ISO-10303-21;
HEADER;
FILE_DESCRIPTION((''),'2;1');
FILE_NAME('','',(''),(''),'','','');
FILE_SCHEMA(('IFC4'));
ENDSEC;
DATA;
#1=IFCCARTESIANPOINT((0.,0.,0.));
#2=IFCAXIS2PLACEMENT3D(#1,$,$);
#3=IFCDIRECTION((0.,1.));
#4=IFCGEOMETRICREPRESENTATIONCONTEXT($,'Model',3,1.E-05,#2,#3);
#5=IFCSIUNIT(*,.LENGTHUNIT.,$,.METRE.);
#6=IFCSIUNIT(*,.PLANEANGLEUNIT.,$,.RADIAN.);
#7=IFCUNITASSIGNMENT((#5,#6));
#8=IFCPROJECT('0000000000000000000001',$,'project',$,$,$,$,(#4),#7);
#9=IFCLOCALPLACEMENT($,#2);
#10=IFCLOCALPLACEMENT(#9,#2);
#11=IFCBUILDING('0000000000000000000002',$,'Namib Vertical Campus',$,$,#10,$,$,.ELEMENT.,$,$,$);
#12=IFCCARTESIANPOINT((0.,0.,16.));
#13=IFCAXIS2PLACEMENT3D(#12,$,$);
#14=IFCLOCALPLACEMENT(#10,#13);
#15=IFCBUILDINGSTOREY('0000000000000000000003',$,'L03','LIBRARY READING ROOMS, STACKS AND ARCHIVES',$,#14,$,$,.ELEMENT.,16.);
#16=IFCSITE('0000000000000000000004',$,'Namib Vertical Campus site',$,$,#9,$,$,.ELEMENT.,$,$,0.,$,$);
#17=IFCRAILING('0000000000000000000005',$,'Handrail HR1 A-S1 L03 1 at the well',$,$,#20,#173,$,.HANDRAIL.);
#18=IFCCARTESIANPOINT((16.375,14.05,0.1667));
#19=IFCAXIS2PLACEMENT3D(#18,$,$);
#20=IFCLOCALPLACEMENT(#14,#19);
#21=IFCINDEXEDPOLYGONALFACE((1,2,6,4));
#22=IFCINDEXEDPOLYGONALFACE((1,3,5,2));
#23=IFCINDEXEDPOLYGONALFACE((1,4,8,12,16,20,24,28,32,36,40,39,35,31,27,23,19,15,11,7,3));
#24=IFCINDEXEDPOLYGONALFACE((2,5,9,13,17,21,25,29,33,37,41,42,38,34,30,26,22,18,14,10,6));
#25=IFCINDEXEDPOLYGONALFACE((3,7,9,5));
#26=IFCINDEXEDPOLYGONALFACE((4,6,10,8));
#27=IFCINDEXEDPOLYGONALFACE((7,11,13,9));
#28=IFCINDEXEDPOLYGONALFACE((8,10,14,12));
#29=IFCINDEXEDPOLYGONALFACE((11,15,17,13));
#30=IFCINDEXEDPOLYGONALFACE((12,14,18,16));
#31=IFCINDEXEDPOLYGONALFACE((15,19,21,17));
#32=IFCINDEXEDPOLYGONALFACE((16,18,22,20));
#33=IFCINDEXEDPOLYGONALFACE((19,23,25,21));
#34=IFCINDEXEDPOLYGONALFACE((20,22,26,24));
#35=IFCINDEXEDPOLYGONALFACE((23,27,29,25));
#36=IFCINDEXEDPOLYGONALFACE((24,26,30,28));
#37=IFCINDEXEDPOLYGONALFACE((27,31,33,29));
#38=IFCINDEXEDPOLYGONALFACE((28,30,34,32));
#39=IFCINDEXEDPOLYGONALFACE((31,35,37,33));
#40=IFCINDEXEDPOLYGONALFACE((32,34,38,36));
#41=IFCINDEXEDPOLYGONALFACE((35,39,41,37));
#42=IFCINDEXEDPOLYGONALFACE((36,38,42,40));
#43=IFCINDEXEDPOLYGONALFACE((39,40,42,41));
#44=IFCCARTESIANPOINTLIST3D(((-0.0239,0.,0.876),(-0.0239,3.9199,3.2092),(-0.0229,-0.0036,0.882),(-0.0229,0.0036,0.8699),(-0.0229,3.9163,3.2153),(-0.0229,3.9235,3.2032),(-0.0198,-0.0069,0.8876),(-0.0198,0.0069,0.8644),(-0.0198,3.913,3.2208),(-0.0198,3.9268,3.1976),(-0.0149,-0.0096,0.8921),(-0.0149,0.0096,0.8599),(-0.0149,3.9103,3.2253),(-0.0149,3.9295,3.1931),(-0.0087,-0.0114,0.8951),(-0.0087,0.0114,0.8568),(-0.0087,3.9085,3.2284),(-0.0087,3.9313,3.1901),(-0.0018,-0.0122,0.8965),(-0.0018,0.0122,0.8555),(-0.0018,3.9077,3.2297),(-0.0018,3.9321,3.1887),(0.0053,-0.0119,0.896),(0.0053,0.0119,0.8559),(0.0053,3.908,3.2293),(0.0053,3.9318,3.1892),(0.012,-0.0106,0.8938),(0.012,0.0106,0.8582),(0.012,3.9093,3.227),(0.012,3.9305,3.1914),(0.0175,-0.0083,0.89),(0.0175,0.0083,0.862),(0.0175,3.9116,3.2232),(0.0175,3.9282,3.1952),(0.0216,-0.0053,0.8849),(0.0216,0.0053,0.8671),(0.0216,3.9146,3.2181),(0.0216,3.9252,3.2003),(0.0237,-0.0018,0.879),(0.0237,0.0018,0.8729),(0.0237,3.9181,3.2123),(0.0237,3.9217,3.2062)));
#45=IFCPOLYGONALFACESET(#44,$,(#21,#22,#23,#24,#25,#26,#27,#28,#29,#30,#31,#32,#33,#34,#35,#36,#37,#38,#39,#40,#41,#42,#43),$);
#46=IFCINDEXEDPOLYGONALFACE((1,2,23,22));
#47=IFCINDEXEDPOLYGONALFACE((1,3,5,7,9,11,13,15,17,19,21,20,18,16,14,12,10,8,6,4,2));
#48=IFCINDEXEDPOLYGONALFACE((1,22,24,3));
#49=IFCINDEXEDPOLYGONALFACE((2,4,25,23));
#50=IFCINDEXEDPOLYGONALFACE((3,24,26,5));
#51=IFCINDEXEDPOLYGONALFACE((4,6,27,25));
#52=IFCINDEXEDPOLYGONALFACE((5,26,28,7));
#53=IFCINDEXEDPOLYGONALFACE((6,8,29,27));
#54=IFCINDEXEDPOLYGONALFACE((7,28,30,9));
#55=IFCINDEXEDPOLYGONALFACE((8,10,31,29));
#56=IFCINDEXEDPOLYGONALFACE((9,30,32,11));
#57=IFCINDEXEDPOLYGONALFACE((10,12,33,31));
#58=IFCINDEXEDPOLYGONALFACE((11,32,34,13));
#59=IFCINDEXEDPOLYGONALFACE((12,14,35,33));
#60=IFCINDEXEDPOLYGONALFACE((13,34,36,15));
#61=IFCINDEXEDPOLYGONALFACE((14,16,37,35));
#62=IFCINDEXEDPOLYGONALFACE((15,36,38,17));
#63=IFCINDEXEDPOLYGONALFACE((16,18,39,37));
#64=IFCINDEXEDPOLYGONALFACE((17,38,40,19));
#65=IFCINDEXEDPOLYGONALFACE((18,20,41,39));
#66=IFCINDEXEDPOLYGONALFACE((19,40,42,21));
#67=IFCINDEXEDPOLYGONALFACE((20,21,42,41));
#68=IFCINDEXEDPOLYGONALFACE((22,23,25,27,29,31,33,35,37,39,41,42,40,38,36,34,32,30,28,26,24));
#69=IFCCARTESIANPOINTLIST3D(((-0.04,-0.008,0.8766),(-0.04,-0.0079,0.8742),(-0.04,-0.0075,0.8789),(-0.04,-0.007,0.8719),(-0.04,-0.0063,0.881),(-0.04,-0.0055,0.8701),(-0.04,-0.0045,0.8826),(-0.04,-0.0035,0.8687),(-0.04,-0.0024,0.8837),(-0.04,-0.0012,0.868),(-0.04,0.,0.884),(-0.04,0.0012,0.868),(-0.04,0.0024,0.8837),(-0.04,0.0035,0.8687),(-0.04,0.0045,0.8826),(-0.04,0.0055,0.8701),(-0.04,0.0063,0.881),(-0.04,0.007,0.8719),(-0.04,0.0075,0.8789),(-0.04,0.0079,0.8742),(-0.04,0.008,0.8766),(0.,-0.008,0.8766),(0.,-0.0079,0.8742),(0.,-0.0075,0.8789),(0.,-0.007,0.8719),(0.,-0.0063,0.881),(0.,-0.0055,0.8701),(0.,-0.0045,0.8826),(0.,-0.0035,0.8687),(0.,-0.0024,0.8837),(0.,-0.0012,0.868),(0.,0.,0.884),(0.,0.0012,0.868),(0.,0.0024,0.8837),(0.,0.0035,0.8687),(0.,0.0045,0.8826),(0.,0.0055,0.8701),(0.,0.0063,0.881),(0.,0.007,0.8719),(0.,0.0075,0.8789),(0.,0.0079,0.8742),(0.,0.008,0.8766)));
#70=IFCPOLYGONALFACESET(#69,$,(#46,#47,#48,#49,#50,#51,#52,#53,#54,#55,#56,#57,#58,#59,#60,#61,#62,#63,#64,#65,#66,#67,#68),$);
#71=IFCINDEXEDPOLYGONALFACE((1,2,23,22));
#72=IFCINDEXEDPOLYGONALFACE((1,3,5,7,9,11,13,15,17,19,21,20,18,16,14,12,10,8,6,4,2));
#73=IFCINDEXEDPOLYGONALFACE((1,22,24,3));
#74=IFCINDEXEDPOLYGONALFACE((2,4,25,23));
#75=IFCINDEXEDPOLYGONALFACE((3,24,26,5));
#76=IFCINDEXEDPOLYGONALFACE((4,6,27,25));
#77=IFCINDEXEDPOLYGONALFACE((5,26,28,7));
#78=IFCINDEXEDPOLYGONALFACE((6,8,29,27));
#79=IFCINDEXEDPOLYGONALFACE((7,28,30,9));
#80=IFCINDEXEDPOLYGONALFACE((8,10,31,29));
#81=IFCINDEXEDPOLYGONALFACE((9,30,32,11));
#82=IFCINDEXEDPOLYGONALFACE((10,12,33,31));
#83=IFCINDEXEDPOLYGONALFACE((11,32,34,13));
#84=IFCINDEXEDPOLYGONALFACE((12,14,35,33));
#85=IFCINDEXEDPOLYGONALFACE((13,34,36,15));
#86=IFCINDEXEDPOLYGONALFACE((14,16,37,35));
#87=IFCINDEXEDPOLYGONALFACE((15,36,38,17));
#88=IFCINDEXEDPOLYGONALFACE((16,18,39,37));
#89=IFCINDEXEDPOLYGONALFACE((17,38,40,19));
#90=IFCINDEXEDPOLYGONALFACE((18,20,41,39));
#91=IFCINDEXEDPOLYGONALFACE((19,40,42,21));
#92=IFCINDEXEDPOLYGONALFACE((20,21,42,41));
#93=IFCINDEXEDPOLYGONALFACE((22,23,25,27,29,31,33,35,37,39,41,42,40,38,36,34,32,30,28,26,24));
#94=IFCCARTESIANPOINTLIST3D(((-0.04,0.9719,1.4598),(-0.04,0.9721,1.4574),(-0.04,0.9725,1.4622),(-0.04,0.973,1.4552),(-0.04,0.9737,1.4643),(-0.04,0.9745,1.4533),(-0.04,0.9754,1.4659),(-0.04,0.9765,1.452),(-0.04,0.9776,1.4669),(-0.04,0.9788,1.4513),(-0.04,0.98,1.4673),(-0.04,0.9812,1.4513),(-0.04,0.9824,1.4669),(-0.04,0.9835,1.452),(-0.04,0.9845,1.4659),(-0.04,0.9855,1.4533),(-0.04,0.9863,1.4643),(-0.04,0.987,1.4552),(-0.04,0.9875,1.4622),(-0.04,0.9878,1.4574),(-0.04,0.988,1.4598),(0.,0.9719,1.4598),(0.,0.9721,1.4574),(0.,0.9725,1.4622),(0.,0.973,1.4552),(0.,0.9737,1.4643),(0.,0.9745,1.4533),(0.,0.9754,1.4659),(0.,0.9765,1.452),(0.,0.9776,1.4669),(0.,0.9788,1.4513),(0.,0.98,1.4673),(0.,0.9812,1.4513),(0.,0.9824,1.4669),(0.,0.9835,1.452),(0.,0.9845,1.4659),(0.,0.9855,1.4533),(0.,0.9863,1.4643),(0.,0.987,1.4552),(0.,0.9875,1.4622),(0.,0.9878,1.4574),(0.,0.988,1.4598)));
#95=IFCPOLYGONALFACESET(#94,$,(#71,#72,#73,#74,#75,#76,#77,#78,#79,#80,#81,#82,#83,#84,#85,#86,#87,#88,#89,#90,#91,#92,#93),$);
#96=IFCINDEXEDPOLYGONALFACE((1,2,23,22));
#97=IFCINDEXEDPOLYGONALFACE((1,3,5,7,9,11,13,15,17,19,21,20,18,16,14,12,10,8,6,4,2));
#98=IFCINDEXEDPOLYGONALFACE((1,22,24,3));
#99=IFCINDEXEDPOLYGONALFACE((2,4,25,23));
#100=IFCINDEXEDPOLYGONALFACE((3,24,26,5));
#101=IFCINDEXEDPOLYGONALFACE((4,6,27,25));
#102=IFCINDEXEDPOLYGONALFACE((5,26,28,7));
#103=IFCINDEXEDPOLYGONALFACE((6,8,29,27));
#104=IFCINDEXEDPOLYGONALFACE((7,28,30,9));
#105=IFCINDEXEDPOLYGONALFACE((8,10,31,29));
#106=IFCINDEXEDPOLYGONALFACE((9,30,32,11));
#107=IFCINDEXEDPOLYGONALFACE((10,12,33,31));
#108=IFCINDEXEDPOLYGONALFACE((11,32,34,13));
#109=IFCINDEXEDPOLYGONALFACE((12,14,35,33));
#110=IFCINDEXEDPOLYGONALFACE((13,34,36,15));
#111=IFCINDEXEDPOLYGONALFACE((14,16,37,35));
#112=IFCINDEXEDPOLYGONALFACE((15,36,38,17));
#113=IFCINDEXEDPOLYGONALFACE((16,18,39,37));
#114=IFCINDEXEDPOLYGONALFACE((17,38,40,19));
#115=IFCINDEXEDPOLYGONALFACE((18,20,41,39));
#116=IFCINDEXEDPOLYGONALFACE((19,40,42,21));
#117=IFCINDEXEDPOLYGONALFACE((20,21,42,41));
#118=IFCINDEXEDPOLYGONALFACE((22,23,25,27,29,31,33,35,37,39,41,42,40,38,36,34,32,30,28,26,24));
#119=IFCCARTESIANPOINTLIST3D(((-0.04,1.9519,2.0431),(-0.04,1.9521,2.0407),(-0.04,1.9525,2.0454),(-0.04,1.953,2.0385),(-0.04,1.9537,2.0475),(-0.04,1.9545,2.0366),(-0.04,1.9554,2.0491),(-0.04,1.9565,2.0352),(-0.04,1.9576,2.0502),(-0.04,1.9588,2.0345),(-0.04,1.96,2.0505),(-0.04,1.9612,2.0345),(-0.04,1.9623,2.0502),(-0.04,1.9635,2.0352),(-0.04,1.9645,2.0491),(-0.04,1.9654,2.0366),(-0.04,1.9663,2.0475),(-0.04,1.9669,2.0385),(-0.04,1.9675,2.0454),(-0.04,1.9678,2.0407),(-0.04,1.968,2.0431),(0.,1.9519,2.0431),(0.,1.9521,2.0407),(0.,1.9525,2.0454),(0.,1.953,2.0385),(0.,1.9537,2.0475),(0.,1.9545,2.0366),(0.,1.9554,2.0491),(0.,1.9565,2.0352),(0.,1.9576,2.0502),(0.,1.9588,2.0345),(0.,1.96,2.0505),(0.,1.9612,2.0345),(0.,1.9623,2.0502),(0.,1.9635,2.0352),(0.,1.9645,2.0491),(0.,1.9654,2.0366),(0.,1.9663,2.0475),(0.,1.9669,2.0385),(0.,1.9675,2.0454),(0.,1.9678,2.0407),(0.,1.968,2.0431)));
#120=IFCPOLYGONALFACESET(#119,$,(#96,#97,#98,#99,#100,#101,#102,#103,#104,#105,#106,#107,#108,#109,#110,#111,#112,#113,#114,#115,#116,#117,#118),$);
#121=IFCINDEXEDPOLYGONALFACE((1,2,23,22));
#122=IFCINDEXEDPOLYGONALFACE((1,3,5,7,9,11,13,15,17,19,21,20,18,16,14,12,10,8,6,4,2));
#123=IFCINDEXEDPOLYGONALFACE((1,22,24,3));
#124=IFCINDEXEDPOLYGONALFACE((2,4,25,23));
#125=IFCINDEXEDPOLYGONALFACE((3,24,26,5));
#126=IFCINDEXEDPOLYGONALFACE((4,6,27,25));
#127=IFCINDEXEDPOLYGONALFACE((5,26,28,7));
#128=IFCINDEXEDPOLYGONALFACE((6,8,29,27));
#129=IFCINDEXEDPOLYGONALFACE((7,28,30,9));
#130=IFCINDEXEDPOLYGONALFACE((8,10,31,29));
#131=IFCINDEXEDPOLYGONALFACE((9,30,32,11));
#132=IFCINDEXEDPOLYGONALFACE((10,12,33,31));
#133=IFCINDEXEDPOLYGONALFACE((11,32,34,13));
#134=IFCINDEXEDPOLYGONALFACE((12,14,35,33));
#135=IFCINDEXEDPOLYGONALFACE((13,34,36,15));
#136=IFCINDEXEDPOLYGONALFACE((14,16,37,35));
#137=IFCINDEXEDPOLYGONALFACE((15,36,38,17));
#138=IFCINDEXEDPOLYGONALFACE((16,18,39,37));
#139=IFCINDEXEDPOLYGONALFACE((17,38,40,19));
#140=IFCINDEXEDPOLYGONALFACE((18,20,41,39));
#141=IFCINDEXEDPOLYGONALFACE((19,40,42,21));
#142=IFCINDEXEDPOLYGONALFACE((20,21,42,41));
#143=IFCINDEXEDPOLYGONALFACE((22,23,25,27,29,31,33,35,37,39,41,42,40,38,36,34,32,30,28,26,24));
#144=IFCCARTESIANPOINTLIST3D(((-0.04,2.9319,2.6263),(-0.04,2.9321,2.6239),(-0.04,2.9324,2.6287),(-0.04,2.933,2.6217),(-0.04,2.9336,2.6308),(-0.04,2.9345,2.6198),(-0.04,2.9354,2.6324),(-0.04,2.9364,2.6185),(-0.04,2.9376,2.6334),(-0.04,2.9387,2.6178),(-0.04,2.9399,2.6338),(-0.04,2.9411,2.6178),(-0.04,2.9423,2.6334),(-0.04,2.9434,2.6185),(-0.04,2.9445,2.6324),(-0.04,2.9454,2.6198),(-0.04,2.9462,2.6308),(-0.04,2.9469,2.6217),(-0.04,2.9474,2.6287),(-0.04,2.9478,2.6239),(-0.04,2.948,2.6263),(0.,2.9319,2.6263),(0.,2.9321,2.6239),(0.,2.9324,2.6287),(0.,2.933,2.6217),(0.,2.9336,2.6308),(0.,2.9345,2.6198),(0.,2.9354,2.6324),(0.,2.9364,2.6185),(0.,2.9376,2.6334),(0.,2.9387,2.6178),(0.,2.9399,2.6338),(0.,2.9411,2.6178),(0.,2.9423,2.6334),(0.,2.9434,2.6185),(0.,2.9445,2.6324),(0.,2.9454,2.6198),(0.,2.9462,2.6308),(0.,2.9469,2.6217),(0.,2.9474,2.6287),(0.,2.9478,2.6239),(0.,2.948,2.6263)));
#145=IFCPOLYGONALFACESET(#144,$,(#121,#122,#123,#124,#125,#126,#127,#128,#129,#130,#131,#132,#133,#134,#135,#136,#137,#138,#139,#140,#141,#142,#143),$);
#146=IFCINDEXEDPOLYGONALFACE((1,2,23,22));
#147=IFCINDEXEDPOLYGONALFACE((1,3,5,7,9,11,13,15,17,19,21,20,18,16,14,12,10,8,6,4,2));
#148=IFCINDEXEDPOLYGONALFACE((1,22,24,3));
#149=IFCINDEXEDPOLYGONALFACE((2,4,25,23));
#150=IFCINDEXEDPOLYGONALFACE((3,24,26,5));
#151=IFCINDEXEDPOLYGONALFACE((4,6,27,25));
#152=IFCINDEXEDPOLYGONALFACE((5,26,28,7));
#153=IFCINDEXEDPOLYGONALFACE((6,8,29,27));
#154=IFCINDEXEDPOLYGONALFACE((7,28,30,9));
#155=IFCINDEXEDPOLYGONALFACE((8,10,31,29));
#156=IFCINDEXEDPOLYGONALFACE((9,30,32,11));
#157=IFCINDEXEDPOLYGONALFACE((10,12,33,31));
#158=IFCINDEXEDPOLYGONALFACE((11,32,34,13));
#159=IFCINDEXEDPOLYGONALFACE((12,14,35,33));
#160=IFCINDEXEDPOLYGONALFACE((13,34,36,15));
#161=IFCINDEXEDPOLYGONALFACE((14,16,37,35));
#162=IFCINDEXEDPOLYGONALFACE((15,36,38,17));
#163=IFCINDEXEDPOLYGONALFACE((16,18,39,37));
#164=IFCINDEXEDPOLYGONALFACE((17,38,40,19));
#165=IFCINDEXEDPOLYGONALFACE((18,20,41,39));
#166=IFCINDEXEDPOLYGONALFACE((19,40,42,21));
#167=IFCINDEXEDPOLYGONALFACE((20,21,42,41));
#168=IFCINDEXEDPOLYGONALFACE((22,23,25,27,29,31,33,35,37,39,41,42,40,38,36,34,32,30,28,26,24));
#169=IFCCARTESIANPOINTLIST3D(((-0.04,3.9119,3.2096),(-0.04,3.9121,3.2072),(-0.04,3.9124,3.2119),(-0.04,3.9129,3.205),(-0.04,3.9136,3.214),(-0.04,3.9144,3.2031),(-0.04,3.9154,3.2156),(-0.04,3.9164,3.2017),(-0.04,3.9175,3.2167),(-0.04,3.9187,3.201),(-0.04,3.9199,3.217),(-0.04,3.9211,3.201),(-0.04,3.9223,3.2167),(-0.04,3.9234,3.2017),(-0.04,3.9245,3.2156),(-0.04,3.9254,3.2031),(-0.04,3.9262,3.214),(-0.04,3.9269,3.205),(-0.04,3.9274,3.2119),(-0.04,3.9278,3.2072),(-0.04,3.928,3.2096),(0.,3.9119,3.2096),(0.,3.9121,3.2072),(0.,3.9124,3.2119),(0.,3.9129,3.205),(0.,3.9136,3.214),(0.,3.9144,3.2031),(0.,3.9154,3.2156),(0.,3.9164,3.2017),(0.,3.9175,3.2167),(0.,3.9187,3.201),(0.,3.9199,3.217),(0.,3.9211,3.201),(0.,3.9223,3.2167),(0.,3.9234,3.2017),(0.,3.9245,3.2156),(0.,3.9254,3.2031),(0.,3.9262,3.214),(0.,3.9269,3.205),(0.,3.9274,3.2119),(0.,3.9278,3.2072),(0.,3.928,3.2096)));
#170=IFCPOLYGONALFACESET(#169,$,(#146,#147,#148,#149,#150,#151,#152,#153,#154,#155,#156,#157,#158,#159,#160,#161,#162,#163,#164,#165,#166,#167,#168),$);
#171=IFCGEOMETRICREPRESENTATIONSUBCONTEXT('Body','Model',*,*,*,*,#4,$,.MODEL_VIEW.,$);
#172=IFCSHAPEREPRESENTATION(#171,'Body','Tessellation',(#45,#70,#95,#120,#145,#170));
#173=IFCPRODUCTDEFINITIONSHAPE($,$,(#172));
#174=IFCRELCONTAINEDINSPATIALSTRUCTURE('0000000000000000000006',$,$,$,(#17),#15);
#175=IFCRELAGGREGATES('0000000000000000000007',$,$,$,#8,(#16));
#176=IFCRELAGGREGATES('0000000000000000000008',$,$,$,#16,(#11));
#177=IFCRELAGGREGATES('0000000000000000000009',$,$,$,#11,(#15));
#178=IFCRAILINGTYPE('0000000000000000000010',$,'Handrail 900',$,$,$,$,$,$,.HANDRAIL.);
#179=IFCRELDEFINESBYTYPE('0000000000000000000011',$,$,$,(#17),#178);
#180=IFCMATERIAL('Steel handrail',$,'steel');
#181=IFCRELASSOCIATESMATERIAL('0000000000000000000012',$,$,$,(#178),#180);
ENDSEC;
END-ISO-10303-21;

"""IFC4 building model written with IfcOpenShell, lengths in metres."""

from ifc_helpers import new_model, si_unit, direction, frame, origin, origin_2d, place, context, subcontext, project, spatial, circle, extrude, material, type_object, element, save


model = new_model("IFC4")

# Units and contexts
model_context = context("Model", 3, precision=1e-05, world=origin(), true_north=direction((0.0, 1.0)))
body_context = subcontext(model_context, "Body", "Model", "MODEL_VIEW")
ifc_project = project(units=[si_unit("LENGTHUNIT", "METRE"), si_unit("PLANEANGLEUNIT", "RADIAN")], contexts=[model_context])

# Site, building, storey
site_placement = place(None, origin())
site = spatial("IfcSite", under=ifc_project, at=site_placement, Name="Namib Vertical Campus site", CompositionType="ELEMENT", RefElevation=0.0)
building_placement = place(site_placement, origin())
building = spatial("IfcBuilding", under=site, at=building_placement, Name="Namib Vertical Campus", CompositionType="ELEMENT")
storey_placement = place(building_placement, frame((0.0, 0.0, 16.0)))
storey = spatial("IfcBuildingStorey", under=building, at=storey_placement, Name="L03", Description="LIBRARY READING ROOMS, STACKS AND ARCHIVES", CompositionType="ELEMENT", Elevation=16.0)

# Railing
ifc_material_1 = material(Name="Steel handrail", Category="steel")
railing_type = type_object("IfcRailingType", Name="Handrail 900", PredefinedType="HANDRAIL", material=ifc_material_1)
railing_1_placement = place(storey_placement, frame((16.375, 14.05, 0.1667)))
element("IfcRailing", 1, at=railing_1_placement, inside=storey, type_object=railing_type, Name="Handrail HR1 A-S1 L03 1 at the well", PredefinedType="HANDRAIL", context=body_context, shape_type="SweptSolid", body=[
    extrude(circle(Radius=0.0239, at=origin_2d()), frame((0.0, 0.0, 0.876), z_axis=(0.0, 0.859296, 0.511478), x_axis=(-1.0, 0.0, 0.0)), (0.0, 0.0, 1.0), 4.5618),
    extrude(circle(Radius=0.0081, at=origin_2d()), frame((0.0, 0.0, 0.876), z_axis=(-1.0, 0.0, 0.0), x_axis=(0.0, 0.0, 1.0)), (0.0, 0.0, 1.0), 0.04),
    extrude(circle(Radius=0.0081, at=origin_2d()), frame((0.0, 0.98, 1.4592), z_axis=(-1.0, 0.0, 0.0), x_axis=(0.0, 0.0, 1.0)), (0.0, 0.0, 1.0), 0.04),
    extrude(circle(Radius=0.0081, at=origin_2d()), frame((0.0, 1.96, 2.0425), z_axis=(-1.0, 0.0, 0.0), x_axis=(0.0, 0.0, 1.0)), (0.0, 0.0, 1.0), 0.04),
    extrude(circle(Radius=0.0081, at=origin_2d()), frame((0.0, 2.9399, 2.6257), z_axis=(-1.0, 0.0, 0.0), x_axis=(0.0, 0.0, 1.0)), (0.0, 0.0, 1.0), 0.04),
    extrude(circle(Radius=0.0081, at=origin_2d()), frame((0.0, 3.9199, 3.209), z_axis=(-1.0, 0.0, 0.0), x_axis=(0.0, 0.0, 1.0)), (0.0, 0.0, 1.0), 0.04),
])

save(model, "model.ifc")
